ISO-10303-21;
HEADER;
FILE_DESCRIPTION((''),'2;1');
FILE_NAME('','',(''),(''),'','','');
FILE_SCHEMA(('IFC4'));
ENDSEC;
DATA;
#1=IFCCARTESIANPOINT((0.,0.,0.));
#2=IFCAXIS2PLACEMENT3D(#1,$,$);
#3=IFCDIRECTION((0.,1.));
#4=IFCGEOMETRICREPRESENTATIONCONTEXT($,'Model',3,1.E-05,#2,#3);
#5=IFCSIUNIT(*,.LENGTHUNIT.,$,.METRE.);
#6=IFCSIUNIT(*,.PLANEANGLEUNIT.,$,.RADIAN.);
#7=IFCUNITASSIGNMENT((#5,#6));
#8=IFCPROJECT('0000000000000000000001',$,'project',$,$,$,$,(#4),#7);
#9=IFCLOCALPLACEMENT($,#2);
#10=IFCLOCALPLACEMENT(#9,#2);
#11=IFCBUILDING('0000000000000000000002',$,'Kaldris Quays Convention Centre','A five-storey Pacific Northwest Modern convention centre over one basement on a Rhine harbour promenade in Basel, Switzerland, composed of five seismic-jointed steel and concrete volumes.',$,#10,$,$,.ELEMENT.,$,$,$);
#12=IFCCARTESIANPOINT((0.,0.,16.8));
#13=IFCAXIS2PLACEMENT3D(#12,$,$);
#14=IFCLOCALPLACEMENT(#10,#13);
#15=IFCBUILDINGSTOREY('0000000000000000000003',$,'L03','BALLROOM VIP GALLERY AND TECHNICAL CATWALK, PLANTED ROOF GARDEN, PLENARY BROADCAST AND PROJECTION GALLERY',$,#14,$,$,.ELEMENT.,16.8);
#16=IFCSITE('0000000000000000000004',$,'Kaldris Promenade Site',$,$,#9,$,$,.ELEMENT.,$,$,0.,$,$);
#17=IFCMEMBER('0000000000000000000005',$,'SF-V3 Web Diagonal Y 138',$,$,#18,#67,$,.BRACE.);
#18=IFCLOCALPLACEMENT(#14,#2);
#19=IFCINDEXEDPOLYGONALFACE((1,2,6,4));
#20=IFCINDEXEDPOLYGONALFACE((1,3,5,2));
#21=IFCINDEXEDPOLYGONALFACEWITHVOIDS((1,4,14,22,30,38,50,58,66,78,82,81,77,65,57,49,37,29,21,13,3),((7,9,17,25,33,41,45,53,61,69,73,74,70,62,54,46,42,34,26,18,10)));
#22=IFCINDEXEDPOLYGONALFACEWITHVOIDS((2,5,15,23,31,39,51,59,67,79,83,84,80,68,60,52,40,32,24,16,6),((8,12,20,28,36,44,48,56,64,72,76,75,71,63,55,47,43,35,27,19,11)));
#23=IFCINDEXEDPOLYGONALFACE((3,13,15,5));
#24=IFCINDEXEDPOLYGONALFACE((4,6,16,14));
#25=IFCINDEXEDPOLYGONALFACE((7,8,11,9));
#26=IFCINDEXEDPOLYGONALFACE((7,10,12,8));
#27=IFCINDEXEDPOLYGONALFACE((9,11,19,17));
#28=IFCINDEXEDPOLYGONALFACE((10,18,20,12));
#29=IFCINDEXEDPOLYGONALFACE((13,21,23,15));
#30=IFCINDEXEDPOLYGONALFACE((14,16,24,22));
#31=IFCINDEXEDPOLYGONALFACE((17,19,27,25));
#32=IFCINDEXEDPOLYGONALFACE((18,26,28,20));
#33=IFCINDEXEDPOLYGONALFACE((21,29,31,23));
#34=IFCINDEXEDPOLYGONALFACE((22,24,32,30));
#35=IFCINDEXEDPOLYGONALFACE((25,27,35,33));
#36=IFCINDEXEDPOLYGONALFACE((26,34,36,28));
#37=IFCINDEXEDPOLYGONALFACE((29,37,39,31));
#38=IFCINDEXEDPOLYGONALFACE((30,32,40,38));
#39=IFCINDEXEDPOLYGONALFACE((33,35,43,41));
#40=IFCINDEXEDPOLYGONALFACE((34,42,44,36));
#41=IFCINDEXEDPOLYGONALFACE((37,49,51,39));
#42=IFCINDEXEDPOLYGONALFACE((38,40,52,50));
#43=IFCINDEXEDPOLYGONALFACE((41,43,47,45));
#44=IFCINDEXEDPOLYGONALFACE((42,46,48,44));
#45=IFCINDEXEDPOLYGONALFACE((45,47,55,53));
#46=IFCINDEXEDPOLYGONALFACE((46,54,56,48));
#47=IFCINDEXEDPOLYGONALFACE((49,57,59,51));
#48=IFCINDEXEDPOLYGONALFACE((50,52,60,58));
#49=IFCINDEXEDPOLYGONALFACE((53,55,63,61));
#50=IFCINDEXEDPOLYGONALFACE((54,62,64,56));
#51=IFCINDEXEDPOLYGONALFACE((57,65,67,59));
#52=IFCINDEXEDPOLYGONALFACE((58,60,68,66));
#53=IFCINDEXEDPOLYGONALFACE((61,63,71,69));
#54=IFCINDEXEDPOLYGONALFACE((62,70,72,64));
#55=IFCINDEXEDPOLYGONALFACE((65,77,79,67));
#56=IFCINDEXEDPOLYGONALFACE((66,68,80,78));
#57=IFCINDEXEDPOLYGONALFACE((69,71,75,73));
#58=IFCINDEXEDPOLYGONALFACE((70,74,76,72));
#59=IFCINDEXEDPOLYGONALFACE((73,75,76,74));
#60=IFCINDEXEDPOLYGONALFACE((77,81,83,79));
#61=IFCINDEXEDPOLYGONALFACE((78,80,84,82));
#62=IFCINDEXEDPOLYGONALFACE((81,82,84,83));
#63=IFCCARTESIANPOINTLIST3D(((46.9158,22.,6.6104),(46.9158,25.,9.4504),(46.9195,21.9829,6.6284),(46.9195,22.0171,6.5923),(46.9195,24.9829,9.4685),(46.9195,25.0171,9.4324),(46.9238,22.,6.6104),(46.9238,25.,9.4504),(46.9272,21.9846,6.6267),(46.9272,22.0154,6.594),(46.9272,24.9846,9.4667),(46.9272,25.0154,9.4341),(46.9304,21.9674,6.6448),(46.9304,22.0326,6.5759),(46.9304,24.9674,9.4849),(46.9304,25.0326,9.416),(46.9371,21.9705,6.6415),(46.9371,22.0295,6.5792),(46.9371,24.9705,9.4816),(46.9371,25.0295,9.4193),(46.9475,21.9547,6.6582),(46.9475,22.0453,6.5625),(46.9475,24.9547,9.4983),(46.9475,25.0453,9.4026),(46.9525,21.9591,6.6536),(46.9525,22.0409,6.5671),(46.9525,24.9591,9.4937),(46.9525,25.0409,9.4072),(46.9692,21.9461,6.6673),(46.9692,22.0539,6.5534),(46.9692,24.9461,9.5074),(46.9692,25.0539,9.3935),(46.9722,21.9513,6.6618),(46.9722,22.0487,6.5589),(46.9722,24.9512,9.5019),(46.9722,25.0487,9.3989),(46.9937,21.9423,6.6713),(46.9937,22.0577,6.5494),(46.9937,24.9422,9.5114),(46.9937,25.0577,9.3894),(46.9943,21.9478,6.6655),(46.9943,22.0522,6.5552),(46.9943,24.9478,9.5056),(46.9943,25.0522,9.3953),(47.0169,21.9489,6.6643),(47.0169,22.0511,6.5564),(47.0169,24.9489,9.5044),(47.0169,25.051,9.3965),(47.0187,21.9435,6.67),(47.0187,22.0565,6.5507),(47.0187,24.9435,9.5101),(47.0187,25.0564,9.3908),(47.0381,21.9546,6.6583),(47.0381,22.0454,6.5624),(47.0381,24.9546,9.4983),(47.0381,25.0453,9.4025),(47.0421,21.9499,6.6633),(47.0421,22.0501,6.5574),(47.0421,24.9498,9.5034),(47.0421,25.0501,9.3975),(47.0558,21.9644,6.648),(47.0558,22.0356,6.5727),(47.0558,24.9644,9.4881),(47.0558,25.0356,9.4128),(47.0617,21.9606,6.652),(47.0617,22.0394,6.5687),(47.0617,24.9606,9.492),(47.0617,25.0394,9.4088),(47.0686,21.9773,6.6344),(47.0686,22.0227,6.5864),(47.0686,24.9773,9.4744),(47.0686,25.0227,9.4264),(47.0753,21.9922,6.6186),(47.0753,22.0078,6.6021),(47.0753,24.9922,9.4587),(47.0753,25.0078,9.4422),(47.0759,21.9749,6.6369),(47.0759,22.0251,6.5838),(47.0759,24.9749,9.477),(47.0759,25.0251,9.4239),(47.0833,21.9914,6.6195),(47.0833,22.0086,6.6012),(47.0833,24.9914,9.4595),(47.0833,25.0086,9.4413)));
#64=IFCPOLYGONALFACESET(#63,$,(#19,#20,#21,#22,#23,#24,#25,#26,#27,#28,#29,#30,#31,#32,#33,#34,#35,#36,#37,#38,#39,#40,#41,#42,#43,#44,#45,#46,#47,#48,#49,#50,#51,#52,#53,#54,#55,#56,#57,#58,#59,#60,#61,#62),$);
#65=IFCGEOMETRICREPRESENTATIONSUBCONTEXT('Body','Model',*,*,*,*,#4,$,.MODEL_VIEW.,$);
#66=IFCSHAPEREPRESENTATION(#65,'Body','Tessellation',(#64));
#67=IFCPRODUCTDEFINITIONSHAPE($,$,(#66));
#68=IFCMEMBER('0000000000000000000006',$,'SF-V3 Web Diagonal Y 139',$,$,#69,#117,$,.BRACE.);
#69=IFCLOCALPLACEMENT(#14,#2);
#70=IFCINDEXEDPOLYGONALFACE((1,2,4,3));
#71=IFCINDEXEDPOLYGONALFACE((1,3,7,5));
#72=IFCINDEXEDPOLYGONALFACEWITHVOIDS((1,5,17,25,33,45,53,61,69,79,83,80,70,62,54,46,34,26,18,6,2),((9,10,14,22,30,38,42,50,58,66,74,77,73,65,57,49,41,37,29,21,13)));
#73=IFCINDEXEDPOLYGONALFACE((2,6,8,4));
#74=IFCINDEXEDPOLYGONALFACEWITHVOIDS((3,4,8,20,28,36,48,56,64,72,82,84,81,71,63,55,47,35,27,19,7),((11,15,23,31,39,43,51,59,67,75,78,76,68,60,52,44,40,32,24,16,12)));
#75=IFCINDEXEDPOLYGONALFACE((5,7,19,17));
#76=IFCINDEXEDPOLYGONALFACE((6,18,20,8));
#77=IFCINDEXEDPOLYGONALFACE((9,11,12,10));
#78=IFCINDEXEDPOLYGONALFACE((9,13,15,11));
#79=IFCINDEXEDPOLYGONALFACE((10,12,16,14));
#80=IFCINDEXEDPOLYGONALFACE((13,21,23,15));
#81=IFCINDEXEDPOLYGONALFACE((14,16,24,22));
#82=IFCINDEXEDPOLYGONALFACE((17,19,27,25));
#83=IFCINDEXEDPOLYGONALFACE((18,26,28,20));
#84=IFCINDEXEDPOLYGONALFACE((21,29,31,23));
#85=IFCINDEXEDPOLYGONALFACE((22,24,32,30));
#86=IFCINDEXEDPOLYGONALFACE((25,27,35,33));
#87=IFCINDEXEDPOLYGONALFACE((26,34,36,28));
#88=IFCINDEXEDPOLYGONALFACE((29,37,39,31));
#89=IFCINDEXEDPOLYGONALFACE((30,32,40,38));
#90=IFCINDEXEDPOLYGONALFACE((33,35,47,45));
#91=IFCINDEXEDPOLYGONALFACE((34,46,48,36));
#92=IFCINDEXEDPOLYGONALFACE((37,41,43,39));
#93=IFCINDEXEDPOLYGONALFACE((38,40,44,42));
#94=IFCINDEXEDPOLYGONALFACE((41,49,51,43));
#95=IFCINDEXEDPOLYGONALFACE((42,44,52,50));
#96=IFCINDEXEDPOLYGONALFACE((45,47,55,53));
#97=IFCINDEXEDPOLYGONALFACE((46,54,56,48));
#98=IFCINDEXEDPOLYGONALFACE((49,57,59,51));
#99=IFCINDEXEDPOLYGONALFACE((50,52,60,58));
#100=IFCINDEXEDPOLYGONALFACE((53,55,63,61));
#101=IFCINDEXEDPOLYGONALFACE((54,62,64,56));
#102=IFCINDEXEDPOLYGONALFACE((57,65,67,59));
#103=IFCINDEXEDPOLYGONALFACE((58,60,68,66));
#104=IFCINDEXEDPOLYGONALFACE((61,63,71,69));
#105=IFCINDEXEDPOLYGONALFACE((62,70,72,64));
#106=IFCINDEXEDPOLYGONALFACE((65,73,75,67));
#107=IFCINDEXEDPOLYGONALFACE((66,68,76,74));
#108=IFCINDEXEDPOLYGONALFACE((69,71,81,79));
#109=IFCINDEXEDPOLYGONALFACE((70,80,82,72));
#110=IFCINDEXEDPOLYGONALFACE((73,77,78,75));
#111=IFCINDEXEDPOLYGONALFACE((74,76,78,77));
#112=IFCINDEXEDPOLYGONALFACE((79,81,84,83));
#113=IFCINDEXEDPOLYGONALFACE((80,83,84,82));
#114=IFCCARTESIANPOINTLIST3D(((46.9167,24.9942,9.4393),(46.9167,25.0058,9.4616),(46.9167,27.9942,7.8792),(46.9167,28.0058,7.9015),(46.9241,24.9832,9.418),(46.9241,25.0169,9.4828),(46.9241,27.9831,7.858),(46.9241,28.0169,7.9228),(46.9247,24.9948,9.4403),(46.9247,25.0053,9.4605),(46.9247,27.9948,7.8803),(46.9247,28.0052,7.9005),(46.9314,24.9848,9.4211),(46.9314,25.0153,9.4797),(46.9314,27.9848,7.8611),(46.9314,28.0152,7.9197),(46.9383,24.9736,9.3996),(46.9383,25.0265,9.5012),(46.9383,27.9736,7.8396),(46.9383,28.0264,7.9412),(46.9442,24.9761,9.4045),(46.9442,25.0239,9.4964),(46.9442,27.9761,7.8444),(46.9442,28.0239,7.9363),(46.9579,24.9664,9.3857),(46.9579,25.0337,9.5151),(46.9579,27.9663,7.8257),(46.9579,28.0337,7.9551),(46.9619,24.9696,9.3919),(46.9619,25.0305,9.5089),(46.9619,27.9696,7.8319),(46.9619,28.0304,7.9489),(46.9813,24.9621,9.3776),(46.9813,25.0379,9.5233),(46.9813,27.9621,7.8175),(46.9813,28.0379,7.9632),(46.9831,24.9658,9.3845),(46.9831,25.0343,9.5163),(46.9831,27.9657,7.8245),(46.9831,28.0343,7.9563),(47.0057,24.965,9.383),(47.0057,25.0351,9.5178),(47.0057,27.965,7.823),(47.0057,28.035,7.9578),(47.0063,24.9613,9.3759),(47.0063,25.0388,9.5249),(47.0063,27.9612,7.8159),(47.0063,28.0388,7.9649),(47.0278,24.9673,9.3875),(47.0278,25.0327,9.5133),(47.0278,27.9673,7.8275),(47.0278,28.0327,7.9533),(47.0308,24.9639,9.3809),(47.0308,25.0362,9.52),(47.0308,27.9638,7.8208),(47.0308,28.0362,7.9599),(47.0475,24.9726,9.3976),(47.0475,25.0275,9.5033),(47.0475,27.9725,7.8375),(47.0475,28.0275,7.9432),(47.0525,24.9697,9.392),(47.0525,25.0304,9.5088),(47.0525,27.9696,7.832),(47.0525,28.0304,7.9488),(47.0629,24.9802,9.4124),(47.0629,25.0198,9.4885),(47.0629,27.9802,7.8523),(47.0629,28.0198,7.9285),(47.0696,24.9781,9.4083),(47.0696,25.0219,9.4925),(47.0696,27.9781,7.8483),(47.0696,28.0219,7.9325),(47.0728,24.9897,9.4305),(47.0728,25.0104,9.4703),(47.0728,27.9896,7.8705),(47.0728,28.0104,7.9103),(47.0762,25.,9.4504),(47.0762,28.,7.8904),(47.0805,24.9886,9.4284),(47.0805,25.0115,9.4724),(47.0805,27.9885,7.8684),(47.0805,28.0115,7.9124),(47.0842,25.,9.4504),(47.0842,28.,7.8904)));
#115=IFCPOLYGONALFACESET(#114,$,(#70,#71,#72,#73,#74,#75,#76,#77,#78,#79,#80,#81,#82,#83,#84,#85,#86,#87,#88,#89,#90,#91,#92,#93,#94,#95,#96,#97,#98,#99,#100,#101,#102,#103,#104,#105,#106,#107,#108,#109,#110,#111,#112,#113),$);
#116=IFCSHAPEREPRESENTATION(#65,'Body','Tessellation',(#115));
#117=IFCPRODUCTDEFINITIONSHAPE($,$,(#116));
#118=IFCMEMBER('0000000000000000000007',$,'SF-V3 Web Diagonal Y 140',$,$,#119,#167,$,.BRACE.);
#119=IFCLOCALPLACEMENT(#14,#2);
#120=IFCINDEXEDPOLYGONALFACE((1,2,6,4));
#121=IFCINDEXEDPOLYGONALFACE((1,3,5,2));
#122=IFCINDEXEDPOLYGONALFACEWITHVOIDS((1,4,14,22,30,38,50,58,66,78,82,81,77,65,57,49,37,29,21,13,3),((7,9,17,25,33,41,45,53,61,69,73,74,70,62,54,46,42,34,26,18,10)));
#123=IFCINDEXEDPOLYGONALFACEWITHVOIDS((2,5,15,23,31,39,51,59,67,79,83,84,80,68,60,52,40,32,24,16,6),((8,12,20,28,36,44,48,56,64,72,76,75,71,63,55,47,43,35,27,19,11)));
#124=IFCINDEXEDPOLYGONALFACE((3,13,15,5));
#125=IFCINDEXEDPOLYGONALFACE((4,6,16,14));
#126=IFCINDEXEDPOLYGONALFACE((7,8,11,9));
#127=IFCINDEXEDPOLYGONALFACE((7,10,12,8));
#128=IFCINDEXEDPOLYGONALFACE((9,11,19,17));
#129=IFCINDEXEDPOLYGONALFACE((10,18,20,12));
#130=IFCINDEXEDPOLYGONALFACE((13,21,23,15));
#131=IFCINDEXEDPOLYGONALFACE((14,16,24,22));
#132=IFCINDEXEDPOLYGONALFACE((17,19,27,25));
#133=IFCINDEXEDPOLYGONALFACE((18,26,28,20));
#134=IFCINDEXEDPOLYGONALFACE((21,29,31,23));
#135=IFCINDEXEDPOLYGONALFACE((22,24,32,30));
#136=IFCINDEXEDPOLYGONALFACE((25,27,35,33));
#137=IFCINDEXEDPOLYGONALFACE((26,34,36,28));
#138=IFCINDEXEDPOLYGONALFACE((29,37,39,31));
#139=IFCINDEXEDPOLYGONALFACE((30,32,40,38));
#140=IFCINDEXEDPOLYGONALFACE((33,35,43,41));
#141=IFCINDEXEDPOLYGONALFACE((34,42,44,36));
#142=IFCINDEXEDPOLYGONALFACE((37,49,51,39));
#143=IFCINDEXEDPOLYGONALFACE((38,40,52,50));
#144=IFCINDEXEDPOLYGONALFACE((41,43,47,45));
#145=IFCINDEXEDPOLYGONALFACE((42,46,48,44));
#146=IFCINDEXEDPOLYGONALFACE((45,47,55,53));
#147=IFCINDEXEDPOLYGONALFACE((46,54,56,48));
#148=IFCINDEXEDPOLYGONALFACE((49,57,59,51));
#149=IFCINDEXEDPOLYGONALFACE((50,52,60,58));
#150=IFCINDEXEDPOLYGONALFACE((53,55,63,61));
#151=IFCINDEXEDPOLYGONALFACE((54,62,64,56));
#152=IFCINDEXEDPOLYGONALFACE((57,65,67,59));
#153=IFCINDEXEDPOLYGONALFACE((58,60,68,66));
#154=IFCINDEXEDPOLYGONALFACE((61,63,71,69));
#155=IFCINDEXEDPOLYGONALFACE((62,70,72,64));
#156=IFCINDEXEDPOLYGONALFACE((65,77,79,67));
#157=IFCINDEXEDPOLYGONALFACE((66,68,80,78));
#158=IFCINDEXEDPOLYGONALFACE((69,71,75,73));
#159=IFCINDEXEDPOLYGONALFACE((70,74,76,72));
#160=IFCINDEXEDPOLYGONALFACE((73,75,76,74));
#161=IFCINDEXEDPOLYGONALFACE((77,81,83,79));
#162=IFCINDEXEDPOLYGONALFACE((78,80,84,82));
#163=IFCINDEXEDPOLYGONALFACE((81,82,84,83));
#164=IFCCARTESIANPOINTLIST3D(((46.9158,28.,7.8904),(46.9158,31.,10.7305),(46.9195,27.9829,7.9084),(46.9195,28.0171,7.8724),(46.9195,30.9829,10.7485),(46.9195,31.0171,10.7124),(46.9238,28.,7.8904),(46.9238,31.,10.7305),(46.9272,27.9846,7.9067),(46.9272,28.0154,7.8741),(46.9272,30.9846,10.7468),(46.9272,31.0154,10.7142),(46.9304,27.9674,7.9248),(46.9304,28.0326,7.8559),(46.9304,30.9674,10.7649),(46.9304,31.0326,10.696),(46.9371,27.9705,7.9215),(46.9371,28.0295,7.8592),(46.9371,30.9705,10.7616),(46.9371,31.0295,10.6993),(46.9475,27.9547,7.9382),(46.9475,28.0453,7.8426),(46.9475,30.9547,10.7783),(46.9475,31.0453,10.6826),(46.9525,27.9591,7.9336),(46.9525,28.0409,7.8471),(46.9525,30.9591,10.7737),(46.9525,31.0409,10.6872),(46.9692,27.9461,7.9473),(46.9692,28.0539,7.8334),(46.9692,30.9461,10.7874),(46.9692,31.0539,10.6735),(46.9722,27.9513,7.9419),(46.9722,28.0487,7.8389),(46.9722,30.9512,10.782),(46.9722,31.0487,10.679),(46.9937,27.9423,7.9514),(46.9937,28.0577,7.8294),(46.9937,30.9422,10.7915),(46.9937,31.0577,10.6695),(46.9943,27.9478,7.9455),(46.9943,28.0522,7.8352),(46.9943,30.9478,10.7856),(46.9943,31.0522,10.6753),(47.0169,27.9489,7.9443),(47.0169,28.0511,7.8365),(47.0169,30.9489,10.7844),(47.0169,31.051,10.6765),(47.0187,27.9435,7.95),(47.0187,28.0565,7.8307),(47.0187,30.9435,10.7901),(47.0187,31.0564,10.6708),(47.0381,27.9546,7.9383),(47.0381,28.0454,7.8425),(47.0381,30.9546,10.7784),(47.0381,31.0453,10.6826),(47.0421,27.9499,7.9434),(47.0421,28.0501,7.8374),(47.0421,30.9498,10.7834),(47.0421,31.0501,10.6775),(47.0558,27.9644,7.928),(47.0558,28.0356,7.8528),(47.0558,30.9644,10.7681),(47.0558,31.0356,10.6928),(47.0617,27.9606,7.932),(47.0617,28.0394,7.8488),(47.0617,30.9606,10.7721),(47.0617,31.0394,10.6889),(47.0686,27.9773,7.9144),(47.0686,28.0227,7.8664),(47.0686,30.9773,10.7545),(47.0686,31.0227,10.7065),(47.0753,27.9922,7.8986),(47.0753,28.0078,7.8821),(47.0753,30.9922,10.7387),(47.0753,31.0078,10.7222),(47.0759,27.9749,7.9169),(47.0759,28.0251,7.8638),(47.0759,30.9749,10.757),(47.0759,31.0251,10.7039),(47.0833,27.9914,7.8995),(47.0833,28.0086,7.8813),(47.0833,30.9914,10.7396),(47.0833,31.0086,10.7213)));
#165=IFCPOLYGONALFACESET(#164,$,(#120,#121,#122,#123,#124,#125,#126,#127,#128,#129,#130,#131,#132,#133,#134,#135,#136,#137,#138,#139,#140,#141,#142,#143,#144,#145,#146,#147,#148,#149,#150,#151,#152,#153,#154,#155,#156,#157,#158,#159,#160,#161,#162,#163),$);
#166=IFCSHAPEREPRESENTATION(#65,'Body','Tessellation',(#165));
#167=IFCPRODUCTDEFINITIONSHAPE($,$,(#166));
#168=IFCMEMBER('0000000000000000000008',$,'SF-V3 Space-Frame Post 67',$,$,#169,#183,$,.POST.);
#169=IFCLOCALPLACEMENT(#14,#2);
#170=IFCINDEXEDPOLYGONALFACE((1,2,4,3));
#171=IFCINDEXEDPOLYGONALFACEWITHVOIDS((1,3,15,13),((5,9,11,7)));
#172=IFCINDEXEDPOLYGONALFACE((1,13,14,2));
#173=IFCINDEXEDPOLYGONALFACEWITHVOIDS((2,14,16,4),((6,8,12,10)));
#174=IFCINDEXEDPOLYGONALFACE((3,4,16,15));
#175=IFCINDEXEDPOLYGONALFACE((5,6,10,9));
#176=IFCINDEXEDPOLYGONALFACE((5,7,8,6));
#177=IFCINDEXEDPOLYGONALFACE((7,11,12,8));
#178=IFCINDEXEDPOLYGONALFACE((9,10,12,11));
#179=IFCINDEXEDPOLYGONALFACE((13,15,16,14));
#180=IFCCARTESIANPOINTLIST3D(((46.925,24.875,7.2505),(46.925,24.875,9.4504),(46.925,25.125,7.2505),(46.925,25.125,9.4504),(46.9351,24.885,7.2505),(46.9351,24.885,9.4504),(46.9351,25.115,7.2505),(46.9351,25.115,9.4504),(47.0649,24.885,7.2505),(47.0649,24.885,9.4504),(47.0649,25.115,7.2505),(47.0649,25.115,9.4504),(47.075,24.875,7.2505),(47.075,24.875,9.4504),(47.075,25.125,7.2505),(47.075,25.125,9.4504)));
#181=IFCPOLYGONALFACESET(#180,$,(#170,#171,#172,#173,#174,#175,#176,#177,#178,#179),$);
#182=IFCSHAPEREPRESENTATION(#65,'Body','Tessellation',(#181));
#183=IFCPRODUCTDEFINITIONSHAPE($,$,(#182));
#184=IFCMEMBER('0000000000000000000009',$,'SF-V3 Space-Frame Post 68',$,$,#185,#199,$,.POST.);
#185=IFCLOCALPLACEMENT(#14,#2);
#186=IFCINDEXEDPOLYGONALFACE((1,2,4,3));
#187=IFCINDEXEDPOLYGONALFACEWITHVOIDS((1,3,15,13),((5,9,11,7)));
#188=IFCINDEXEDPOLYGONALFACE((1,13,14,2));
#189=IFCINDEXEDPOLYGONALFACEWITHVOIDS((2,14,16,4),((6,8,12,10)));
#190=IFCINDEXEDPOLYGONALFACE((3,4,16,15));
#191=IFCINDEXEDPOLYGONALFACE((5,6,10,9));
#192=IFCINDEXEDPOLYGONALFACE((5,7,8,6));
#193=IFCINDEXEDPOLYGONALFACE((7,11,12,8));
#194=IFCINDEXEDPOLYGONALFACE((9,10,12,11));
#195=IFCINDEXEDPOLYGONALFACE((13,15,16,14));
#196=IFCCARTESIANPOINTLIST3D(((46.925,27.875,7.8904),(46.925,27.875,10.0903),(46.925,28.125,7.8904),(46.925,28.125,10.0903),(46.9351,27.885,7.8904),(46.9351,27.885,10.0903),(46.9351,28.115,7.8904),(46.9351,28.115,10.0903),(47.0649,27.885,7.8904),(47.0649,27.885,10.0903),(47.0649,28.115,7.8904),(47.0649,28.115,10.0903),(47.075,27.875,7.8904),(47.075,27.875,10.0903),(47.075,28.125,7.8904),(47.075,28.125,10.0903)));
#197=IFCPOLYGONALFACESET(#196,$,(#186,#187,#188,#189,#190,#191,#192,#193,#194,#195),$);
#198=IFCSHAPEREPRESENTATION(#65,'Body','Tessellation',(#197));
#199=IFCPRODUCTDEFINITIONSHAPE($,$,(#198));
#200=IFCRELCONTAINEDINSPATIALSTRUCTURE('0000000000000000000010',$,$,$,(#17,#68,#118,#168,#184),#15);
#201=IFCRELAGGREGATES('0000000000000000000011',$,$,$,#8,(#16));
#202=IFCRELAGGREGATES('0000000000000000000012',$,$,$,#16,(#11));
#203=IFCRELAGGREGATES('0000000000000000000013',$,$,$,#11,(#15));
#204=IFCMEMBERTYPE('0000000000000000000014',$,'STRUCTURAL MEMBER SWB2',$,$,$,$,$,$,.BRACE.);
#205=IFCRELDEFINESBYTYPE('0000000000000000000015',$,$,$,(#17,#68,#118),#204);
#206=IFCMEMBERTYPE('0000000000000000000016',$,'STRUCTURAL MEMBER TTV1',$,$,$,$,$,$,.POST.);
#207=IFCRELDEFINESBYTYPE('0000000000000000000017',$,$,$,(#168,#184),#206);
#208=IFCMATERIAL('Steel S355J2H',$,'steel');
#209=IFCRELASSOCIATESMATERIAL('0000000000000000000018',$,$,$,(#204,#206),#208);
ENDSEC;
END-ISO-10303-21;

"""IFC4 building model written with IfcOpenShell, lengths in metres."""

from ifc_helpers import new_model, si_unit, direction, frame, origin, origin_2d, place, context, subcontext, project, spatial, hollow_rectangle, hollow_circle, extrude, material, material_profile, profile_set, type_object, element, save


model = new_model("IFC4")

# Units and contexts
model_context = context("Model", 3, precision=1e-05, world=origin(), true_north=direction((0.0, 1.0)))
body_context = subcontext(model_context, "Body", "Model", "MODEL_VIEW")
ifc_project = project(units=[si_unit("LENGTHUNIT", "METRE"), si_unit("PLANEANGLEUNIT", "RADIAN")], contexts=[model_context])

# Site, building, storey
site_placement = place(None, origin())
site = spatial("IfcSite", under=ifc_project, at=site_placement, Name="Kaldris Promenade Site", CompositionType="ELEMENT", RefElevation=0.0)
building_placement = place(site_placement, origin())
building = spatial("IfcBuilding", under=site, at=building_placement, Name="Kaldris Quays Convention Centre", Description="A five-storey Pacific Northwest Modern convention centre over one basement on a Rhine harbour promenade in Basel, Switzerland, composed of five seismic-jointed steel and concrete volumes.", CompositionType="ELEMENT")
storey_placement = place(building_placement, frame((0.0, 0.0, 16.8)))
storey = spatial("IfcBuildingStorey", under=building, at=storey_placement, Name="L03", Description="BALLROOM VIP GALLERY AND TECHNICAL CATWALK, PLANTED ROOF GARDEN, PLENARY BROADCAST AND PROJECTION GALLERY", CompositionType="ELEMENT", Elevation=16.8)

# Members
ifc_material_1 = material(Name="Steel S355J2H", Category="steel")
ifc_material_profile_1 = material_profile(ifc_material_1, hollow_circle(Radius=0.0842, WallThickness=0.0081, at=origin_2d()), Name="CHS 168.3x8")
ifc_profile_set_1 = profile_set([ifc_material_profile_1], Name="Steel S355J2H")
member_type_1 = type_object("IfcMemberType", Name="STRUCTURAL MEMBER SWB2", PredefinedType="BRACE", material=ifc_profile_set_1)
member_1_placement = place(storey_placement, frame((47.0, 22.0, 6.6104), z_axis=(0.0, 0.726196, 0.687487), x_axis=(-1.0, 0.0, 0.0)))
element("IfcMember", 1, at=member_1_placement, inside=storey, type_object=member_type_1, Name="SF-V3 Web Diagonal Y 138", PredefinedType="BRACE", context=body_context, shape_type="SweptSolid", body=[
    extrude(hollow_circle(Radius=0.0842, WallThickness=0.0081, at=origin_2d()), origin(), (0.0, 0.0, 1.0), 4.1311),
])
member_2_placement = place(storey_placement, frame((47.0, 28.0, 7.8904), z_axis=(0.0, -0.88721, 0.461366), x_axis=(1.0, 0.0, 0.0)))
element("IfcMember", 2, at=member_2_placement, inside=storey, type_object=member_type_1, Name="SF-V3 Web Diagonal Y 139", PredefinedType="BRACE", context=body_context, shape_type="SweptSolid", body=[
    extrude(hollow_circle(Radius=0.0842, WallThickness=0.0081, at=origin_2d()), origin(), (0.0, 0.0, 1.0), 3.3813),
])
member_3_placement = place(storey_placement, frame((47.0, 28.0, 7.8904), z_axis=(0.0, 0.726196, 0.687487), x_axis=(-1.0, 0.0, 0.0)))
element("IfcMember", 3, at=member_3_placement, inside=storey, type_object=member_type_1, Name="SF-V3 Web Diagonal Y 140", PredefinedType="BRACE", context=body_context, shape_type="SweptSolid", body=[
    extrude(hollow_circle(Radius=0.0842, WallThickness=0.0081, at=origin_2d()), origin(), (0.0, 0.0, 1.0), 4.1311),
])
ifc_material_profile_2 = material_profile(ifc_material_1, hollow_rectangle(XDim=0.1499, YDim=0.25, WallThickness=0.01, at=origin_2d()), Name="RHS 250x150x10")
ifc_profile_set_2 = profile_set([ifc_material_profile_2], Name="Steel S355J2H")
member_type_2 = type_object("IfcMemberType", Name="STRUCTURAL MEMBER TTV1", PredefinedType="POST", material=ifc_profile_set_2)
for number, where, z_axis, x_axis, name in (
    (4, (47.0, 25.0, 7.2505), (0.0, 0.0, 1.0), (1.0, 0.0, 0.0), "SF-V3 Space-Frame Post 67"),
    (5, (47.0, 28.0, 7.8904), (0.0, 0.0, 1.0), (1.0, 0.0, 0.0), "SF-V3 Space-Frame Post 68"),
):
    element("IfcMember", number, at=place(storey_placement, frame(where, z_axis=z_axis, x_axis=x_axis)), inside=storey, type_object=member_type_2, Name=name, PredefinedType="POST", context=body_context, shape_type="SweptSolid", body=[
        extrude(hollow_rectangle(XDim=0.1499, YDim=0.25, WallThickness=0.01, at=origin_2d()), origin(), (0.0, 0.0, 1.0), 2.2),
    ])

save(model, "model.ifc")
